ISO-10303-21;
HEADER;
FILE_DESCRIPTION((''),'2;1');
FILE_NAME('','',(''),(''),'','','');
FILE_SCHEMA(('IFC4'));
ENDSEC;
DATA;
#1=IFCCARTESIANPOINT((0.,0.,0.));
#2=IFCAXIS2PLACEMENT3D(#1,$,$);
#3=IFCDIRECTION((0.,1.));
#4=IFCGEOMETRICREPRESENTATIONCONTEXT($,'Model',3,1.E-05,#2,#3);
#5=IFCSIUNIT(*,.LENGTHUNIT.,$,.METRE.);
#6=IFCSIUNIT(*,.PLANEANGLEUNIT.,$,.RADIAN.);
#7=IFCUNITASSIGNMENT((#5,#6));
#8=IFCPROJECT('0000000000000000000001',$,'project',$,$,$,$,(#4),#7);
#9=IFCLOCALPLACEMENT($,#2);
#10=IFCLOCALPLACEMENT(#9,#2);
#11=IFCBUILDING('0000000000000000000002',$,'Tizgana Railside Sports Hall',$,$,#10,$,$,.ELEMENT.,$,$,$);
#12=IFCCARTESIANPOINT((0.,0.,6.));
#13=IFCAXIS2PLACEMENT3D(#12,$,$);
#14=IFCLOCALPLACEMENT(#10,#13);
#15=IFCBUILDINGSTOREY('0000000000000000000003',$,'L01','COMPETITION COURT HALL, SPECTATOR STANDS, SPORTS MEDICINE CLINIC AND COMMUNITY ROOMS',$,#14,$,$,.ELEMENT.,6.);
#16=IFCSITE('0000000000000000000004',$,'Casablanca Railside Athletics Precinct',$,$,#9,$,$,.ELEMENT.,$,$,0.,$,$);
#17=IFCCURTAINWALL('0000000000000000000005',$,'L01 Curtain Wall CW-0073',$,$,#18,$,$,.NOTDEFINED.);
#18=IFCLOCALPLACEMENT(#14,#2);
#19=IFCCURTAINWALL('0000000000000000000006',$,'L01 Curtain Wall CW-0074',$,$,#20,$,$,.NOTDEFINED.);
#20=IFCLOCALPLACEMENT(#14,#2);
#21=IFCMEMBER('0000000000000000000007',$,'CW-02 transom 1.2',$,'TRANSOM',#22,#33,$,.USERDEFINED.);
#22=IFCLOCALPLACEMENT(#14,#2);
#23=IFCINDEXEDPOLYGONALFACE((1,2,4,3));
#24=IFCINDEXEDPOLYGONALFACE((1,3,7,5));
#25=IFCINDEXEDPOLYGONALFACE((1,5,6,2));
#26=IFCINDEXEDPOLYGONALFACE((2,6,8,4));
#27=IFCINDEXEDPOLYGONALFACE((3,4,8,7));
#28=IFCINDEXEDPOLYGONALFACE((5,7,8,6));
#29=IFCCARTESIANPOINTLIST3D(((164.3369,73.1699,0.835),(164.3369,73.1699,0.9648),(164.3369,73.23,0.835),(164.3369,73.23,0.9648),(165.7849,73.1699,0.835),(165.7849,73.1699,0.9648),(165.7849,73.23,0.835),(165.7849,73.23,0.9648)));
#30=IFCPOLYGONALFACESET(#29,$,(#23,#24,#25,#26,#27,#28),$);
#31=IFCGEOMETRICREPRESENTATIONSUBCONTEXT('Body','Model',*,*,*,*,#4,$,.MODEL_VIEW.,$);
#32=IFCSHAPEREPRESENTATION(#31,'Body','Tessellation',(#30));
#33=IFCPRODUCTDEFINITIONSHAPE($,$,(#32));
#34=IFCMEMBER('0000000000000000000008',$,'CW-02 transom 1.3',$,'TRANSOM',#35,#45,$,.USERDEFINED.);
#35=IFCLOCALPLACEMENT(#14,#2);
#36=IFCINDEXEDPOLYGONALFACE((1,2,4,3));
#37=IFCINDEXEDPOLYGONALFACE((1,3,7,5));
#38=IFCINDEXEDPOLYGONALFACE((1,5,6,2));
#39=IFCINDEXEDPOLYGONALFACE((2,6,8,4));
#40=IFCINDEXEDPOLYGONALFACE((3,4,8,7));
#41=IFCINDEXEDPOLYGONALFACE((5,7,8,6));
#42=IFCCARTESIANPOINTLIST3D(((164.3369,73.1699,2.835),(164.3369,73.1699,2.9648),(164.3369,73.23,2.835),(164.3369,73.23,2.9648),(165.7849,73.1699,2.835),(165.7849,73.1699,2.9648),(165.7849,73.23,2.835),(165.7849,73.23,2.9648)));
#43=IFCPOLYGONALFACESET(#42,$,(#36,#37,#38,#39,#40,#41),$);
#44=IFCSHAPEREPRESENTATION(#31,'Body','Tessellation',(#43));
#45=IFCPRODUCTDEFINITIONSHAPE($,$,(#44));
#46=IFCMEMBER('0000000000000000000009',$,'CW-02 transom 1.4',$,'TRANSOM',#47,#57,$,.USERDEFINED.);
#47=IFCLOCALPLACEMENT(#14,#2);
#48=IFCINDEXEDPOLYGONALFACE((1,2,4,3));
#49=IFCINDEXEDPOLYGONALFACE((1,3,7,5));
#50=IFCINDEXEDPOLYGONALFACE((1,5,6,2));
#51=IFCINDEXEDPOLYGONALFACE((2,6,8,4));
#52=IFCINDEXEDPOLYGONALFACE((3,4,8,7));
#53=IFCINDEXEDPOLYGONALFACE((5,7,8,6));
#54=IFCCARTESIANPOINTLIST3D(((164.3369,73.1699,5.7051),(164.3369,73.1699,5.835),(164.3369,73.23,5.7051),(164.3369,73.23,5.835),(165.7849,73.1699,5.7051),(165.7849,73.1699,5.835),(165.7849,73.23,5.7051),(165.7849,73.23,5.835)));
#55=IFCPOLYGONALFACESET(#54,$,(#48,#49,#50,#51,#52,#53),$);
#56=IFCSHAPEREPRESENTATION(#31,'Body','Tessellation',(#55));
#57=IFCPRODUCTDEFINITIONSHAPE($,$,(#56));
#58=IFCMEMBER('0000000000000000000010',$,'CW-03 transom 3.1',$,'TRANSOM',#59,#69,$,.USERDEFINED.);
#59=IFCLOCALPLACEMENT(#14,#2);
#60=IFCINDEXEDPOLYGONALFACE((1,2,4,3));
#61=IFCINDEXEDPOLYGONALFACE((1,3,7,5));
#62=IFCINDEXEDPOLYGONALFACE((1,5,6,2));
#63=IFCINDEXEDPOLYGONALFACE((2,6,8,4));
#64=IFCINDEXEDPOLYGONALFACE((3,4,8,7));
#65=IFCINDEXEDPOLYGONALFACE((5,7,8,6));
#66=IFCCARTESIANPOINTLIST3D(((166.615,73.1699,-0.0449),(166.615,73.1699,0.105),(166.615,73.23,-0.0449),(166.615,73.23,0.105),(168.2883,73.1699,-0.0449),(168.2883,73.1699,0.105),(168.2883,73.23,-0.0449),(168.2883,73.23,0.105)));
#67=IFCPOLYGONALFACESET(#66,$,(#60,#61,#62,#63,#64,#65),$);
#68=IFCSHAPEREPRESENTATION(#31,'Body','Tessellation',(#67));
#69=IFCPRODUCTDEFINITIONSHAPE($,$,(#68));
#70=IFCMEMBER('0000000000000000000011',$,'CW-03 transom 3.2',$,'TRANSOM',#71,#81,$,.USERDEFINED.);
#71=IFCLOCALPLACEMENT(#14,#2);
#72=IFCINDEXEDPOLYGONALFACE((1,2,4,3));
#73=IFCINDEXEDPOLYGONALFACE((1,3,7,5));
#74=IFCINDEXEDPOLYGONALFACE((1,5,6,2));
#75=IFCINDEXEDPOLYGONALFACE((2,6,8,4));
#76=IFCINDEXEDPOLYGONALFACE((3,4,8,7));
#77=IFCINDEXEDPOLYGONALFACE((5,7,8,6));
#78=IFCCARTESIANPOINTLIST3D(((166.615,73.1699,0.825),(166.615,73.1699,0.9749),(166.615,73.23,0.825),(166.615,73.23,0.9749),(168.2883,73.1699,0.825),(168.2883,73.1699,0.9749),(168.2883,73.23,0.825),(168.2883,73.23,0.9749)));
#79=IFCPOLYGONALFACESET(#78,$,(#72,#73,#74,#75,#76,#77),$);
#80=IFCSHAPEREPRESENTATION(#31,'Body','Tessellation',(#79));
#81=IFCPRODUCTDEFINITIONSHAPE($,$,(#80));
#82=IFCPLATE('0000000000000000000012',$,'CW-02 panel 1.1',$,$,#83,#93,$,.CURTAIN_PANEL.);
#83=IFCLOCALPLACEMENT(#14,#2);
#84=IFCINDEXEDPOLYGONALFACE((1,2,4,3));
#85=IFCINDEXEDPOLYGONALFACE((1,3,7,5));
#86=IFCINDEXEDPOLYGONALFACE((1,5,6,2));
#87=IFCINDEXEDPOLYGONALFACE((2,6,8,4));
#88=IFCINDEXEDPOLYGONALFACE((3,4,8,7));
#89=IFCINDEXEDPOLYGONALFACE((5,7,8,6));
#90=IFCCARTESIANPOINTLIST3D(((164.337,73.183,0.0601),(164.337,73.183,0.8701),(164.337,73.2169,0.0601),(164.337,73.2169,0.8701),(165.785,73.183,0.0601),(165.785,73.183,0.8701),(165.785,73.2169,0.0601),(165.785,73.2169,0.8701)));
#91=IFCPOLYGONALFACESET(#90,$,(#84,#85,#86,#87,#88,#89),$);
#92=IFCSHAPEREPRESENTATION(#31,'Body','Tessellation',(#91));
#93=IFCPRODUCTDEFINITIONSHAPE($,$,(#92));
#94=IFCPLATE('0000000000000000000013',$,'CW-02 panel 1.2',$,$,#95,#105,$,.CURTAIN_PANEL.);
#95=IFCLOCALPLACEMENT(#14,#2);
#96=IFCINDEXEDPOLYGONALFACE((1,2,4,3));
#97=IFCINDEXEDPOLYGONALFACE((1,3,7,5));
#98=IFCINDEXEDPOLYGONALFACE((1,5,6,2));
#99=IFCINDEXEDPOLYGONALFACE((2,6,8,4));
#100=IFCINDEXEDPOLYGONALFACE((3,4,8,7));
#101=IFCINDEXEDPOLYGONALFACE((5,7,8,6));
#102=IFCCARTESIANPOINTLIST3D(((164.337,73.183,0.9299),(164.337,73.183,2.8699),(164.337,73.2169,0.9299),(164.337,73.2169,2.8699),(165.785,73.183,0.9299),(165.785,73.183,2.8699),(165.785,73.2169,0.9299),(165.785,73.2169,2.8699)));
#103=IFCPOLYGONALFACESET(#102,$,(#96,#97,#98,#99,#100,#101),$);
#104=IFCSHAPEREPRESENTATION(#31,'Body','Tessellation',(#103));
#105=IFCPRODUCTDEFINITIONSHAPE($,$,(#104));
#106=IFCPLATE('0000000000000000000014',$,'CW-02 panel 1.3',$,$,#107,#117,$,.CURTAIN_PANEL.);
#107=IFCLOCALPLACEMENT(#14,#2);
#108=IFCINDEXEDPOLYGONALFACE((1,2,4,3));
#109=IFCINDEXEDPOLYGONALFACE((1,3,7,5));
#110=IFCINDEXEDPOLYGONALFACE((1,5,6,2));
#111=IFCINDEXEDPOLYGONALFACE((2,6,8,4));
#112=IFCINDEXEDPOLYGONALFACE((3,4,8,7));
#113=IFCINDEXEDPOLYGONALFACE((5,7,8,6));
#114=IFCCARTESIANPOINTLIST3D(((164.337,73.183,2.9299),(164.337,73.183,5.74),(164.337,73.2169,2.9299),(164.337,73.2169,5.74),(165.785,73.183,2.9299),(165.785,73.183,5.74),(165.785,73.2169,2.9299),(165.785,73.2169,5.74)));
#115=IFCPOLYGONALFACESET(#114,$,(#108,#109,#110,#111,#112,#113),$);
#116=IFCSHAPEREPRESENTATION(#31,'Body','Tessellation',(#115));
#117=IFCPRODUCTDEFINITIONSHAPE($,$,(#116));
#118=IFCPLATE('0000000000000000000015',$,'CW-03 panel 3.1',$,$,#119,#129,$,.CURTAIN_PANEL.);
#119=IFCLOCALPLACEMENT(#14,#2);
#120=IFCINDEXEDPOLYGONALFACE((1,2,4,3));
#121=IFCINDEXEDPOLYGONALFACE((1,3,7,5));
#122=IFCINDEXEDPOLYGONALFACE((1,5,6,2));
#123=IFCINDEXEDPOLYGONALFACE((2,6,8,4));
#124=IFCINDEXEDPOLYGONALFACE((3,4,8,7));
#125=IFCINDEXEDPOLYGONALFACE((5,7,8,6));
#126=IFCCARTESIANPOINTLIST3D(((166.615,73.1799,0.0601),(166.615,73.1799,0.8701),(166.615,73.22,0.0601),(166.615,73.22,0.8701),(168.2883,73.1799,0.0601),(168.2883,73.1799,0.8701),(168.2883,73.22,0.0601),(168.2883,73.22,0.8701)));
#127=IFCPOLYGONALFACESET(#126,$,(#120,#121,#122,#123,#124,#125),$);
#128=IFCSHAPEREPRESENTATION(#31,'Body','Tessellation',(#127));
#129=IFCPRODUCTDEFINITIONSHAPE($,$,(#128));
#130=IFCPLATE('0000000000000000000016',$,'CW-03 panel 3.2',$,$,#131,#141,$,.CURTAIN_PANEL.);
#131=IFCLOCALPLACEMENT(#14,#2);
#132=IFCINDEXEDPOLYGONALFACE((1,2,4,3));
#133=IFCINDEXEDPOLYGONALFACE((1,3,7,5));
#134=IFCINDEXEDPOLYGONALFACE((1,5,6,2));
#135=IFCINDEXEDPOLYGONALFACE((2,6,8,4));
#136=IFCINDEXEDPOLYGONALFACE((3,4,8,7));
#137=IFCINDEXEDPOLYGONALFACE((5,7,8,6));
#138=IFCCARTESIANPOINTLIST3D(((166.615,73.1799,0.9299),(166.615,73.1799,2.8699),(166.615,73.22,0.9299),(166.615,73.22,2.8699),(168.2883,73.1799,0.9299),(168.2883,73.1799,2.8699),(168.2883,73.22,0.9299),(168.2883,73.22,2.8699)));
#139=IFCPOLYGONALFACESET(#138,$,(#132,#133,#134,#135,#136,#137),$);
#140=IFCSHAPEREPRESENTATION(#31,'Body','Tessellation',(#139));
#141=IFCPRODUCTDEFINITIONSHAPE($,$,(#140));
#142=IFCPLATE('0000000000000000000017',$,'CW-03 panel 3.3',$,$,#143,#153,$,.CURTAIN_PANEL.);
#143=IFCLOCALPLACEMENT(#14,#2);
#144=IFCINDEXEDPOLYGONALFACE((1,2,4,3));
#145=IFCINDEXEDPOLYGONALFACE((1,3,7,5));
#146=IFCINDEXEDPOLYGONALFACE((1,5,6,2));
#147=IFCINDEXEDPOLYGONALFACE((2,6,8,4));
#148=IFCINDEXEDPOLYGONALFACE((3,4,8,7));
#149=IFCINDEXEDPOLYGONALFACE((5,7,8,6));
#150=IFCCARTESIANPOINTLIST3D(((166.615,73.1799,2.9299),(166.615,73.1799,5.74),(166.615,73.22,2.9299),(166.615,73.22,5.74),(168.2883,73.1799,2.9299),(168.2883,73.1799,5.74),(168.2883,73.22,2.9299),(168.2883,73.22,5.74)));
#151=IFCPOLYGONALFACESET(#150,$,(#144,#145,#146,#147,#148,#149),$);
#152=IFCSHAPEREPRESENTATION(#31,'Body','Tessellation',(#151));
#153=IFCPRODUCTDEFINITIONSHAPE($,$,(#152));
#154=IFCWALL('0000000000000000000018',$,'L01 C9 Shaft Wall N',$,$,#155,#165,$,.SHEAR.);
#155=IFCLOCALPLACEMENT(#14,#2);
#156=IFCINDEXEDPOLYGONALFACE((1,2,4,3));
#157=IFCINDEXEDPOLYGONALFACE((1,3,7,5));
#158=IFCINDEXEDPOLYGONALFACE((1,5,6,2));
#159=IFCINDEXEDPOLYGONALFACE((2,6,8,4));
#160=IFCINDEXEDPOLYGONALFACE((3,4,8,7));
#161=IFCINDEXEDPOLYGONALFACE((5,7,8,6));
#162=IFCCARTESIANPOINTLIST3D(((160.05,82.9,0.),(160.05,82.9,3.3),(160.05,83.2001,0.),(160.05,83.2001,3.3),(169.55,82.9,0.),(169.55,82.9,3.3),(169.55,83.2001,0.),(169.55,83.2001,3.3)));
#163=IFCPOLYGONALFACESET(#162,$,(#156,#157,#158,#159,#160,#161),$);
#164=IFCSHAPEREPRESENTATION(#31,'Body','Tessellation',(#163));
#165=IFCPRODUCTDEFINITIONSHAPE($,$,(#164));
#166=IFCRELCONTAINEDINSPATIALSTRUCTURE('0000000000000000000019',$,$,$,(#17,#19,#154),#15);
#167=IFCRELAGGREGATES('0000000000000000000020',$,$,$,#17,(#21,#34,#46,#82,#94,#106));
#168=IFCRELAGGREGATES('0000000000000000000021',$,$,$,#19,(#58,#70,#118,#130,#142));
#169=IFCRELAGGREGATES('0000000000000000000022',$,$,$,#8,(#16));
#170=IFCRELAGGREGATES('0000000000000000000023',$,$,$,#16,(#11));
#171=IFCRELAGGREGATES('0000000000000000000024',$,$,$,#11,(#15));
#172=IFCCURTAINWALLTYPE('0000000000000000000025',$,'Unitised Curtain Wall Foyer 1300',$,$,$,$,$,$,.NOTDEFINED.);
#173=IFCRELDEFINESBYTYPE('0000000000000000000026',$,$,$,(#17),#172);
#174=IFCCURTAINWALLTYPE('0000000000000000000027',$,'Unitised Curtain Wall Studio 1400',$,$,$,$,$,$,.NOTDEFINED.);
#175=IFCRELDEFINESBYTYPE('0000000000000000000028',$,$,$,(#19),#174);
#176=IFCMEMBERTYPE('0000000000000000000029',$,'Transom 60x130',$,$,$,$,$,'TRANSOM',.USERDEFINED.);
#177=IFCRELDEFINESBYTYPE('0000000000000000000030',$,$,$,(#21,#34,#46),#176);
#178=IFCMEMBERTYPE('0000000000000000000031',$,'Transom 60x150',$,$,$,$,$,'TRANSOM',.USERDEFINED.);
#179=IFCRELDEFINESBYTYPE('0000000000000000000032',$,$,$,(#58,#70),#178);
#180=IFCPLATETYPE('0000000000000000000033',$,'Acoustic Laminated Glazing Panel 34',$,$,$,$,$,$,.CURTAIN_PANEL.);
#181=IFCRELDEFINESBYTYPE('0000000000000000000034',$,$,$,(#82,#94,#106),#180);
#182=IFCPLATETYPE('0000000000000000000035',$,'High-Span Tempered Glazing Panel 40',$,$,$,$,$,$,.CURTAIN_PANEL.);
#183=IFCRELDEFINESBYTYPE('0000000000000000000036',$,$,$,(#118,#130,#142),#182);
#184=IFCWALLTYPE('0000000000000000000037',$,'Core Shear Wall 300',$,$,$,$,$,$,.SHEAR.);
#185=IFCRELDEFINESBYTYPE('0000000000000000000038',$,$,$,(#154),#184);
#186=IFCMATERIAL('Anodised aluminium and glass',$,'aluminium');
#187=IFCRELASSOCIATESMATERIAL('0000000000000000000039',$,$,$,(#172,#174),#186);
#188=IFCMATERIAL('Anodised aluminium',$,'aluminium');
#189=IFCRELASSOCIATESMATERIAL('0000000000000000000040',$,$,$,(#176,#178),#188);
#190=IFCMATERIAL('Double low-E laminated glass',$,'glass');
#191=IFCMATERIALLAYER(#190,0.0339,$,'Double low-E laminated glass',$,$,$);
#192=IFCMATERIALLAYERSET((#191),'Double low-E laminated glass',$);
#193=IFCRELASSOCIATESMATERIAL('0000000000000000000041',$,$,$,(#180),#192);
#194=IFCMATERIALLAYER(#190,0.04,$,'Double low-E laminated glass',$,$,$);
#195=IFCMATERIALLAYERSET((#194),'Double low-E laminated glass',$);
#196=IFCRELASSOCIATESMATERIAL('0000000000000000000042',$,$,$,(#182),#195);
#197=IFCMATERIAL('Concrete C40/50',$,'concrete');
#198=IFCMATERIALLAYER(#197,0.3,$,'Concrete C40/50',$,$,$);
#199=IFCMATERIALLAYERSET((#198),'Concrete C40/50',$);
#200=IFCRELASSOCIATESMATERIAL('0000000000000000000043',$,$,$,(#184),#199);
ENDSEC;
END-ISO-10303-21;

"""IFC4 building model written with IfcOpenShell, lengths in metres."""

from ifc_helpers import new_model, si_unit, direction, frame, frame_2d, origin, origin_2d, place, context, subcontext, project, spatial, rectangle, extrude, material, layer, layer_set, material_profile, profile_set, type_object, element, aggregate, save


model = new_model("IFC4")

# Units and contexts
model_context = context("Model", 3, precision=1e-05, world=origin(), true_north=direction((0.0, 1.0)))
body_context = subcontext(model_context, "Body", "Model", "MODEL_VIEW")
ifc_project = project(units=[si_unit("LENGTHUNIT", "METRE"), si_unit("PLANEANGLEUNIT", "RADIAN")], contexts=[model_context])

# Site, building, storey
site_placement = place(None, origin())
site = spatial("IfcSite", under=ifc_project, at=site_placement, Name="Casablanca Railside Athletics Precinct", CompositionType="ELEMENT", RefElevation=0.0)
building_placement = place(site_placement, origin())
building = spatial("IfcBuilding", under=site, at=building_placement, Name="Tizgana Railside Sports Hall", CompositionType="ELEMENT")
storey_placement = place(building_placement, frame((0.0, 0.0, 6.0)))
storey = spatial("IfcBuildingStorey", under=building, at=storey_placement, Name="L01", Description="COMPETITION COURT HALL, SPECTATOR STANDS, SPORTS MEDICINE CLINIC AND COMMUNITY ROOMS", CompositionType="ELEMENT", Elevation=6.0)

# Shared definitions
ifc_material_1 = material(Name="Concrete C40/50", Category="concrete")

# Curtain wall
ifc_material_2 = material(Name="Anodised aluminium and glass", Category="aluminium")
curtain_wall_type_1 = type_object("IfcCurtainWallType", Name="Unitised Curtain Wall Foyer 1300", PredefinedType="NOTDEFINED", material=ifc_material_2)
curtain_wall_1_placement = place(storey_placement, origin())
curtain_wall_1 = element("IfcCurtainWall", 1, at=curtain_wall_1_placement, inside=storey, type_object=curtain_wall_type_1, Name="L01 Curtain Wall CW-0073", PredefinedType="NOTDEFINED")
ifc_material_3 = material(Name="Anodised aluminium", Category="aluminium")

# Curtain wall
curtain_wall_type_2 = type_object("IfcCurtainWallType", Name="Unitised Curtain Wall Studio 1400", PredefinedType="NOTDEFINED", material=ifc_material_2)
curtain_wall_2_placement = place(storey_placement, origin())
curtain_wall_2 = element("IfcCurtainWall", 2, at=curtain_wall_2_placement, inside=storey, type_object=curtain_wall_type_2, Name="L01 Curtain Wall CW-0074", PredefinedType="NOTDEFINED")

# Members
ifc_material_profile_1 = material_profile(ifc_material_3, rectangle(XDim=0.0601, YDim=0.1299, at=origin_2d()), Name="Transom 60x130")
ifc_profile_set_1 = profile_set([ifc_material_profile_1], Name="Anodised aluminium")
member_type_1 = type_object("IfcMemberType", Name="Transom 60x130", ElementType="TRANSOM", PredefinedType="USERDEFINED", material=ifc_profile_set_1)
member_1_placement = place(storey_placement, frame((165.7849, 73.2, 0.8999), z_axis=(-1.0, 0.0, 0.0), x_axis=(0.0, -1.0, 0.0)))
member_1 = element("IfcMember", 3, at=member_1_placement, type_object=member_type_1, Name="CW-02 transom 1.2", ObjectType="TRANSOM", PredefinedType="USERDEFINED", context=body_context, shape_type="SweptSolid", body=[
    extrude(rectangle(XDim=0.0601, YDim=0.1299, at=origin_2d()), origin(), (0.0, 0.0, 1.0), 1.448),
])
member_2_placement = place(storey_placement, frame((165.7849, 73.2, 2.8999), z_axis=(-1.0, 0.0, 0.0), x_axis=(0.0, -1.0, 0.0)))
member_2 = element("IfcMember", 4, at=member_2_placement, type_object=member_type_1, Name="CW-02 transom 1.3", ObjectType="TRANSOM", PredefinedType="USERDEFINED", context=body_context, shape_type="SweptSolid", body=[
    extrude(rectangle(XDim=0.0601, YDim=0.1299, at=origin_2d()), origin(), (0.0, 0.0, 1.0), 1.448),
])
member_3_placement = place(storey_placement, frame((165.7849, 73.2, 5.77), z_axis=(-1.0, 0.0, 0.0), x_axis=(0.0, -1.0, 0.0)))
member_3 = element("IfcMember", 5, at=member_3_placement, type_object=member_type_1, Name="CW-02 transom 1.4", ObjectType="TRANSOM", PredefinedType="USERDEFINED", context=body_context, shape_type="SweptSolid", body=[
    extrude(rectangle(XDim=0.0601, YDim=0.1299, at=origin_2d()), origin(), (0.0, 0.0, 1.0), 1.448),
])
ifc_material_profile_2 = material_profile(ifc_material_3, rectangle(XDim=0.0601, YDim=0.1499, at=origin_2d()), Name="Transom 60x150")
ifc_profile_set_2 = profile_set([ifc_material_profile_2], Name="Anodised aluminium")
member_type_2 = type_object("IfcMemberType", Name="Transom 60x150", ElementType="TRANSOM", PredefinedType="USERDEFINED", material=ifc_profile_set_2)
member_4_placement = place(storey_placement, frame((168.2883, 73.2, 0.03), z_axis=(-1.0, 0.0, 0.0), x_axis=(0.0, -1.0, 0.0)))
member_4 = element("IfcMember", 6, at=member_4_placement, type_object=member_type_2, Name="CW-03 transom 3.1", ObjectType="TRANSOM", PredefinedType="USERDEFINED", context=body_context, shape_type="SweptSolid", body=[
    extrude(rectangle(XDim=0.0601, YDim=0.1499, at=origin_2d()), origin(), (0.0, 0.0, 1.0), 1.6733),
])
member_5_placement = place(storey_placement, frame((168.2883, 73.2, 0.8999), z_axis=(-1.0, 0.0, 0.0), x_axis=(0.0, -1.0, 0.0)))
member_5 = element("IfcMember", 7, at=member_5_placement, type_object=member_type_2, Name="CW-03 transom 3.2", ObjectType="TRANSOM", PredefinedType="USERDEFINED", context=body_context, shape_type="SweptSolid", body=[
    extrude(rectangle(XDim=0.0601, YDim=0.1499, at=origin_2d()), origin(), (0.0, 0.0, 1.0), 1.6733),
])

# Plates
ifc_material_4 = material(Name="Double low-E laminated glass", Category="glass")
ifc_layer_1 = layer(ifc_material_4, 0.0339, Name="Double low-E laminated glass")
ifc_layer_set_1 = layer_set([ifc_layer_1], Name="Double low-E laminated glass")
plate_type_1 = type_object("IfcPlateType", Name="Acoustic Laminated Glazing Panel 34", PredefinedType="CURTAIN_PANEL", material=ifc_layer_set_1)
plate_1_placement = place(storey_placement, frame((165.061, 73.2, 0.0601), z_axis=(0.0, 0.0, 1.0), x_axis=(-1.0, 0.0, 0.0)))
plate_1 = element("IfcPlate", 8, at=plate_1_placement, type_object=plate_type_1, Name="CW-02 panel 1.1", PredefinedType="CURTAIN_PANEL", context=body_context, shape_type="SweptSolid", body=[
    extrude(rectangle(XDim=1.448, YDim=0.0339, at=origin_2d()), origin(), (0.0, 0.0, 1.0), 0.8101),
])
plate_2_placement = place(storey_placement, frame((165.061, 73.2, 0.9299), z_axis=(0.0, 0.0, 1.0), x_axis=(-1.0, 0.0, 0.0)))
plate_2 = element("IfcPlate", 9, at=plate_2_placement, type_object=plate_type_1, Name="CW-02 panel 1.2", PredefinedType="CURTAIN_PANEL", context=body_context, shape_type="SweptSolid", body=[
    extrude(rectangle(XDim=1.448, YDim=0.0339, at=origin_2d()), origin(), (0.0, 0.0, 1.0), 1.9399),
])
plate_3_placement = place(storey_placement, frame((165.061, 73.2, 2.9299), z_axis=(0.0, 0.0, 1.0), x_axis=(-1.0, 0.0, 0.0)))
plate_3 = element("IfcPlate", 10, at=plate_3_placement, type_object=plate_type_1, Name="CW-02 panel 1.3", PredefinedType="CURTAIN_PANEL", context=body_context, shape_type="SweptSolid", body=[
    extrude(rectangle(XDim=1.448, YDim=0.0339, at=origin_2d()), origin(), (0.0, 0.0, 1.0), 2.8101),
])
aggregate(curtain_wall_1, [member_1, member_2, member_3, plate_1, plate_2, plate_3])
ifc_layer_2 = layer(ifc_material_4, 0.04, Name="Double low-E laminated glass")
ifc_layer_set_2 = layer_set([ifc_layer_2], Name="Double low-E laminated glass")
plate_type_2 = type_object("IfcPlateType", Name="High-Span Tempered Glazing Panel 40", PredefinedType="CURTAIN_PANEL", material=ifc_layer_set_2)
plate_4_placement = place(storey_placement, frame((167.4517, 73.2, 0.0601), z_axis=(0.0, 0.0, 1.0), x_axis=(-1.0, 0.0, 0.0)))
plate_4 = element("IfcPlate", 11, at=plate_4_placement, type_object=plate_type_2, Name="CW-03 panel 3.1", PredefinedType="CURTAIN_PANEL", context=body_context, shape_type="SweptSolid", body=[
    extrude(rectangle(XDim=1.6733, YDim=0.04, at=origin_2d()), origin(), (0.0, 0.0, 1.0), 0.8101),
])
plate_5_placement = place(storey_placement, frame((167.4517, 73.2, 0.9299), z_axis=(0.0, 0.0, 1.0), x_axis=(-1.0, 0.0, 0.0)))
plate_5 = element("IfcPlate", 12, at=plate_5_placement, type_object=plate_type_2, Name="CW-03 panel 3.2", PredefinedType="CURTAIN_PANEL", context=body_context, shape_type="SweptSolid", body=[
    extrude(rectangle(XDim=1.6733, YDim=0.04, at=origin_2d()), origin(), (0.0, 0.0, 1.0), 1.9399),
])
plate_6_placement = place(storey_placement, frame((167.4517, 73.2, 2.9299), z_axis=(0.0, 0.0, 1.0), x_axis=(-1.0, 0.0, 0.0)))
plate_6 = element("IfcPlate", 13, at=plate_6_placement, type_object=plate_type_2, Name="CW-03 panel 3.3", PredefinedType="CURTAIN_PANEL", context=body_context, shape_type="SweptSolid", body=[
    extrude(rectangle(XDim=1.6733, YDim=0.04, at=origin_2d()), origin(), (0.0, 0.0, 1.0), 2.8101),
])
aggregate(curtain_wall_2, [member_4, member_5, plate_4, plate_5, plate_6])

# Wall
ifc_layer_3 = layer(ifc_material_1, 0.3, Name="Concrete C40/50")
ifc_layer_set_3 = layer_set([ifc_layer_3], Name="Concrete C40/50")
wall_type_1 = type_object("IfcWallType", Name="Core Shear Wall 300", PredefinedType="SHEAR", material=ifc_layer_set_3)
wall_1_placement = place(storey_placement, frame((160.05, 83.05, 0.0), z_axis=(0.0, 0.0, 1.0), x_axis=(1.0, 0.0, 0.0)))
element("IfcWall", 14, at=wall_1_placement, inside=storey, type_object=wall_type_1, Name="L01 C9 Shaft Wall N", PredefinedType="SHEAR", context=body_context, shape_type="SweptSolid", body=[
    extrude(rectangle(XDim=9.5, YDim=0.3, at=frame_2d((4.75, 0.0))), origin(), (0.0, 0.0, 1.0), 3.3),
])

save(model, "model.ifc")
